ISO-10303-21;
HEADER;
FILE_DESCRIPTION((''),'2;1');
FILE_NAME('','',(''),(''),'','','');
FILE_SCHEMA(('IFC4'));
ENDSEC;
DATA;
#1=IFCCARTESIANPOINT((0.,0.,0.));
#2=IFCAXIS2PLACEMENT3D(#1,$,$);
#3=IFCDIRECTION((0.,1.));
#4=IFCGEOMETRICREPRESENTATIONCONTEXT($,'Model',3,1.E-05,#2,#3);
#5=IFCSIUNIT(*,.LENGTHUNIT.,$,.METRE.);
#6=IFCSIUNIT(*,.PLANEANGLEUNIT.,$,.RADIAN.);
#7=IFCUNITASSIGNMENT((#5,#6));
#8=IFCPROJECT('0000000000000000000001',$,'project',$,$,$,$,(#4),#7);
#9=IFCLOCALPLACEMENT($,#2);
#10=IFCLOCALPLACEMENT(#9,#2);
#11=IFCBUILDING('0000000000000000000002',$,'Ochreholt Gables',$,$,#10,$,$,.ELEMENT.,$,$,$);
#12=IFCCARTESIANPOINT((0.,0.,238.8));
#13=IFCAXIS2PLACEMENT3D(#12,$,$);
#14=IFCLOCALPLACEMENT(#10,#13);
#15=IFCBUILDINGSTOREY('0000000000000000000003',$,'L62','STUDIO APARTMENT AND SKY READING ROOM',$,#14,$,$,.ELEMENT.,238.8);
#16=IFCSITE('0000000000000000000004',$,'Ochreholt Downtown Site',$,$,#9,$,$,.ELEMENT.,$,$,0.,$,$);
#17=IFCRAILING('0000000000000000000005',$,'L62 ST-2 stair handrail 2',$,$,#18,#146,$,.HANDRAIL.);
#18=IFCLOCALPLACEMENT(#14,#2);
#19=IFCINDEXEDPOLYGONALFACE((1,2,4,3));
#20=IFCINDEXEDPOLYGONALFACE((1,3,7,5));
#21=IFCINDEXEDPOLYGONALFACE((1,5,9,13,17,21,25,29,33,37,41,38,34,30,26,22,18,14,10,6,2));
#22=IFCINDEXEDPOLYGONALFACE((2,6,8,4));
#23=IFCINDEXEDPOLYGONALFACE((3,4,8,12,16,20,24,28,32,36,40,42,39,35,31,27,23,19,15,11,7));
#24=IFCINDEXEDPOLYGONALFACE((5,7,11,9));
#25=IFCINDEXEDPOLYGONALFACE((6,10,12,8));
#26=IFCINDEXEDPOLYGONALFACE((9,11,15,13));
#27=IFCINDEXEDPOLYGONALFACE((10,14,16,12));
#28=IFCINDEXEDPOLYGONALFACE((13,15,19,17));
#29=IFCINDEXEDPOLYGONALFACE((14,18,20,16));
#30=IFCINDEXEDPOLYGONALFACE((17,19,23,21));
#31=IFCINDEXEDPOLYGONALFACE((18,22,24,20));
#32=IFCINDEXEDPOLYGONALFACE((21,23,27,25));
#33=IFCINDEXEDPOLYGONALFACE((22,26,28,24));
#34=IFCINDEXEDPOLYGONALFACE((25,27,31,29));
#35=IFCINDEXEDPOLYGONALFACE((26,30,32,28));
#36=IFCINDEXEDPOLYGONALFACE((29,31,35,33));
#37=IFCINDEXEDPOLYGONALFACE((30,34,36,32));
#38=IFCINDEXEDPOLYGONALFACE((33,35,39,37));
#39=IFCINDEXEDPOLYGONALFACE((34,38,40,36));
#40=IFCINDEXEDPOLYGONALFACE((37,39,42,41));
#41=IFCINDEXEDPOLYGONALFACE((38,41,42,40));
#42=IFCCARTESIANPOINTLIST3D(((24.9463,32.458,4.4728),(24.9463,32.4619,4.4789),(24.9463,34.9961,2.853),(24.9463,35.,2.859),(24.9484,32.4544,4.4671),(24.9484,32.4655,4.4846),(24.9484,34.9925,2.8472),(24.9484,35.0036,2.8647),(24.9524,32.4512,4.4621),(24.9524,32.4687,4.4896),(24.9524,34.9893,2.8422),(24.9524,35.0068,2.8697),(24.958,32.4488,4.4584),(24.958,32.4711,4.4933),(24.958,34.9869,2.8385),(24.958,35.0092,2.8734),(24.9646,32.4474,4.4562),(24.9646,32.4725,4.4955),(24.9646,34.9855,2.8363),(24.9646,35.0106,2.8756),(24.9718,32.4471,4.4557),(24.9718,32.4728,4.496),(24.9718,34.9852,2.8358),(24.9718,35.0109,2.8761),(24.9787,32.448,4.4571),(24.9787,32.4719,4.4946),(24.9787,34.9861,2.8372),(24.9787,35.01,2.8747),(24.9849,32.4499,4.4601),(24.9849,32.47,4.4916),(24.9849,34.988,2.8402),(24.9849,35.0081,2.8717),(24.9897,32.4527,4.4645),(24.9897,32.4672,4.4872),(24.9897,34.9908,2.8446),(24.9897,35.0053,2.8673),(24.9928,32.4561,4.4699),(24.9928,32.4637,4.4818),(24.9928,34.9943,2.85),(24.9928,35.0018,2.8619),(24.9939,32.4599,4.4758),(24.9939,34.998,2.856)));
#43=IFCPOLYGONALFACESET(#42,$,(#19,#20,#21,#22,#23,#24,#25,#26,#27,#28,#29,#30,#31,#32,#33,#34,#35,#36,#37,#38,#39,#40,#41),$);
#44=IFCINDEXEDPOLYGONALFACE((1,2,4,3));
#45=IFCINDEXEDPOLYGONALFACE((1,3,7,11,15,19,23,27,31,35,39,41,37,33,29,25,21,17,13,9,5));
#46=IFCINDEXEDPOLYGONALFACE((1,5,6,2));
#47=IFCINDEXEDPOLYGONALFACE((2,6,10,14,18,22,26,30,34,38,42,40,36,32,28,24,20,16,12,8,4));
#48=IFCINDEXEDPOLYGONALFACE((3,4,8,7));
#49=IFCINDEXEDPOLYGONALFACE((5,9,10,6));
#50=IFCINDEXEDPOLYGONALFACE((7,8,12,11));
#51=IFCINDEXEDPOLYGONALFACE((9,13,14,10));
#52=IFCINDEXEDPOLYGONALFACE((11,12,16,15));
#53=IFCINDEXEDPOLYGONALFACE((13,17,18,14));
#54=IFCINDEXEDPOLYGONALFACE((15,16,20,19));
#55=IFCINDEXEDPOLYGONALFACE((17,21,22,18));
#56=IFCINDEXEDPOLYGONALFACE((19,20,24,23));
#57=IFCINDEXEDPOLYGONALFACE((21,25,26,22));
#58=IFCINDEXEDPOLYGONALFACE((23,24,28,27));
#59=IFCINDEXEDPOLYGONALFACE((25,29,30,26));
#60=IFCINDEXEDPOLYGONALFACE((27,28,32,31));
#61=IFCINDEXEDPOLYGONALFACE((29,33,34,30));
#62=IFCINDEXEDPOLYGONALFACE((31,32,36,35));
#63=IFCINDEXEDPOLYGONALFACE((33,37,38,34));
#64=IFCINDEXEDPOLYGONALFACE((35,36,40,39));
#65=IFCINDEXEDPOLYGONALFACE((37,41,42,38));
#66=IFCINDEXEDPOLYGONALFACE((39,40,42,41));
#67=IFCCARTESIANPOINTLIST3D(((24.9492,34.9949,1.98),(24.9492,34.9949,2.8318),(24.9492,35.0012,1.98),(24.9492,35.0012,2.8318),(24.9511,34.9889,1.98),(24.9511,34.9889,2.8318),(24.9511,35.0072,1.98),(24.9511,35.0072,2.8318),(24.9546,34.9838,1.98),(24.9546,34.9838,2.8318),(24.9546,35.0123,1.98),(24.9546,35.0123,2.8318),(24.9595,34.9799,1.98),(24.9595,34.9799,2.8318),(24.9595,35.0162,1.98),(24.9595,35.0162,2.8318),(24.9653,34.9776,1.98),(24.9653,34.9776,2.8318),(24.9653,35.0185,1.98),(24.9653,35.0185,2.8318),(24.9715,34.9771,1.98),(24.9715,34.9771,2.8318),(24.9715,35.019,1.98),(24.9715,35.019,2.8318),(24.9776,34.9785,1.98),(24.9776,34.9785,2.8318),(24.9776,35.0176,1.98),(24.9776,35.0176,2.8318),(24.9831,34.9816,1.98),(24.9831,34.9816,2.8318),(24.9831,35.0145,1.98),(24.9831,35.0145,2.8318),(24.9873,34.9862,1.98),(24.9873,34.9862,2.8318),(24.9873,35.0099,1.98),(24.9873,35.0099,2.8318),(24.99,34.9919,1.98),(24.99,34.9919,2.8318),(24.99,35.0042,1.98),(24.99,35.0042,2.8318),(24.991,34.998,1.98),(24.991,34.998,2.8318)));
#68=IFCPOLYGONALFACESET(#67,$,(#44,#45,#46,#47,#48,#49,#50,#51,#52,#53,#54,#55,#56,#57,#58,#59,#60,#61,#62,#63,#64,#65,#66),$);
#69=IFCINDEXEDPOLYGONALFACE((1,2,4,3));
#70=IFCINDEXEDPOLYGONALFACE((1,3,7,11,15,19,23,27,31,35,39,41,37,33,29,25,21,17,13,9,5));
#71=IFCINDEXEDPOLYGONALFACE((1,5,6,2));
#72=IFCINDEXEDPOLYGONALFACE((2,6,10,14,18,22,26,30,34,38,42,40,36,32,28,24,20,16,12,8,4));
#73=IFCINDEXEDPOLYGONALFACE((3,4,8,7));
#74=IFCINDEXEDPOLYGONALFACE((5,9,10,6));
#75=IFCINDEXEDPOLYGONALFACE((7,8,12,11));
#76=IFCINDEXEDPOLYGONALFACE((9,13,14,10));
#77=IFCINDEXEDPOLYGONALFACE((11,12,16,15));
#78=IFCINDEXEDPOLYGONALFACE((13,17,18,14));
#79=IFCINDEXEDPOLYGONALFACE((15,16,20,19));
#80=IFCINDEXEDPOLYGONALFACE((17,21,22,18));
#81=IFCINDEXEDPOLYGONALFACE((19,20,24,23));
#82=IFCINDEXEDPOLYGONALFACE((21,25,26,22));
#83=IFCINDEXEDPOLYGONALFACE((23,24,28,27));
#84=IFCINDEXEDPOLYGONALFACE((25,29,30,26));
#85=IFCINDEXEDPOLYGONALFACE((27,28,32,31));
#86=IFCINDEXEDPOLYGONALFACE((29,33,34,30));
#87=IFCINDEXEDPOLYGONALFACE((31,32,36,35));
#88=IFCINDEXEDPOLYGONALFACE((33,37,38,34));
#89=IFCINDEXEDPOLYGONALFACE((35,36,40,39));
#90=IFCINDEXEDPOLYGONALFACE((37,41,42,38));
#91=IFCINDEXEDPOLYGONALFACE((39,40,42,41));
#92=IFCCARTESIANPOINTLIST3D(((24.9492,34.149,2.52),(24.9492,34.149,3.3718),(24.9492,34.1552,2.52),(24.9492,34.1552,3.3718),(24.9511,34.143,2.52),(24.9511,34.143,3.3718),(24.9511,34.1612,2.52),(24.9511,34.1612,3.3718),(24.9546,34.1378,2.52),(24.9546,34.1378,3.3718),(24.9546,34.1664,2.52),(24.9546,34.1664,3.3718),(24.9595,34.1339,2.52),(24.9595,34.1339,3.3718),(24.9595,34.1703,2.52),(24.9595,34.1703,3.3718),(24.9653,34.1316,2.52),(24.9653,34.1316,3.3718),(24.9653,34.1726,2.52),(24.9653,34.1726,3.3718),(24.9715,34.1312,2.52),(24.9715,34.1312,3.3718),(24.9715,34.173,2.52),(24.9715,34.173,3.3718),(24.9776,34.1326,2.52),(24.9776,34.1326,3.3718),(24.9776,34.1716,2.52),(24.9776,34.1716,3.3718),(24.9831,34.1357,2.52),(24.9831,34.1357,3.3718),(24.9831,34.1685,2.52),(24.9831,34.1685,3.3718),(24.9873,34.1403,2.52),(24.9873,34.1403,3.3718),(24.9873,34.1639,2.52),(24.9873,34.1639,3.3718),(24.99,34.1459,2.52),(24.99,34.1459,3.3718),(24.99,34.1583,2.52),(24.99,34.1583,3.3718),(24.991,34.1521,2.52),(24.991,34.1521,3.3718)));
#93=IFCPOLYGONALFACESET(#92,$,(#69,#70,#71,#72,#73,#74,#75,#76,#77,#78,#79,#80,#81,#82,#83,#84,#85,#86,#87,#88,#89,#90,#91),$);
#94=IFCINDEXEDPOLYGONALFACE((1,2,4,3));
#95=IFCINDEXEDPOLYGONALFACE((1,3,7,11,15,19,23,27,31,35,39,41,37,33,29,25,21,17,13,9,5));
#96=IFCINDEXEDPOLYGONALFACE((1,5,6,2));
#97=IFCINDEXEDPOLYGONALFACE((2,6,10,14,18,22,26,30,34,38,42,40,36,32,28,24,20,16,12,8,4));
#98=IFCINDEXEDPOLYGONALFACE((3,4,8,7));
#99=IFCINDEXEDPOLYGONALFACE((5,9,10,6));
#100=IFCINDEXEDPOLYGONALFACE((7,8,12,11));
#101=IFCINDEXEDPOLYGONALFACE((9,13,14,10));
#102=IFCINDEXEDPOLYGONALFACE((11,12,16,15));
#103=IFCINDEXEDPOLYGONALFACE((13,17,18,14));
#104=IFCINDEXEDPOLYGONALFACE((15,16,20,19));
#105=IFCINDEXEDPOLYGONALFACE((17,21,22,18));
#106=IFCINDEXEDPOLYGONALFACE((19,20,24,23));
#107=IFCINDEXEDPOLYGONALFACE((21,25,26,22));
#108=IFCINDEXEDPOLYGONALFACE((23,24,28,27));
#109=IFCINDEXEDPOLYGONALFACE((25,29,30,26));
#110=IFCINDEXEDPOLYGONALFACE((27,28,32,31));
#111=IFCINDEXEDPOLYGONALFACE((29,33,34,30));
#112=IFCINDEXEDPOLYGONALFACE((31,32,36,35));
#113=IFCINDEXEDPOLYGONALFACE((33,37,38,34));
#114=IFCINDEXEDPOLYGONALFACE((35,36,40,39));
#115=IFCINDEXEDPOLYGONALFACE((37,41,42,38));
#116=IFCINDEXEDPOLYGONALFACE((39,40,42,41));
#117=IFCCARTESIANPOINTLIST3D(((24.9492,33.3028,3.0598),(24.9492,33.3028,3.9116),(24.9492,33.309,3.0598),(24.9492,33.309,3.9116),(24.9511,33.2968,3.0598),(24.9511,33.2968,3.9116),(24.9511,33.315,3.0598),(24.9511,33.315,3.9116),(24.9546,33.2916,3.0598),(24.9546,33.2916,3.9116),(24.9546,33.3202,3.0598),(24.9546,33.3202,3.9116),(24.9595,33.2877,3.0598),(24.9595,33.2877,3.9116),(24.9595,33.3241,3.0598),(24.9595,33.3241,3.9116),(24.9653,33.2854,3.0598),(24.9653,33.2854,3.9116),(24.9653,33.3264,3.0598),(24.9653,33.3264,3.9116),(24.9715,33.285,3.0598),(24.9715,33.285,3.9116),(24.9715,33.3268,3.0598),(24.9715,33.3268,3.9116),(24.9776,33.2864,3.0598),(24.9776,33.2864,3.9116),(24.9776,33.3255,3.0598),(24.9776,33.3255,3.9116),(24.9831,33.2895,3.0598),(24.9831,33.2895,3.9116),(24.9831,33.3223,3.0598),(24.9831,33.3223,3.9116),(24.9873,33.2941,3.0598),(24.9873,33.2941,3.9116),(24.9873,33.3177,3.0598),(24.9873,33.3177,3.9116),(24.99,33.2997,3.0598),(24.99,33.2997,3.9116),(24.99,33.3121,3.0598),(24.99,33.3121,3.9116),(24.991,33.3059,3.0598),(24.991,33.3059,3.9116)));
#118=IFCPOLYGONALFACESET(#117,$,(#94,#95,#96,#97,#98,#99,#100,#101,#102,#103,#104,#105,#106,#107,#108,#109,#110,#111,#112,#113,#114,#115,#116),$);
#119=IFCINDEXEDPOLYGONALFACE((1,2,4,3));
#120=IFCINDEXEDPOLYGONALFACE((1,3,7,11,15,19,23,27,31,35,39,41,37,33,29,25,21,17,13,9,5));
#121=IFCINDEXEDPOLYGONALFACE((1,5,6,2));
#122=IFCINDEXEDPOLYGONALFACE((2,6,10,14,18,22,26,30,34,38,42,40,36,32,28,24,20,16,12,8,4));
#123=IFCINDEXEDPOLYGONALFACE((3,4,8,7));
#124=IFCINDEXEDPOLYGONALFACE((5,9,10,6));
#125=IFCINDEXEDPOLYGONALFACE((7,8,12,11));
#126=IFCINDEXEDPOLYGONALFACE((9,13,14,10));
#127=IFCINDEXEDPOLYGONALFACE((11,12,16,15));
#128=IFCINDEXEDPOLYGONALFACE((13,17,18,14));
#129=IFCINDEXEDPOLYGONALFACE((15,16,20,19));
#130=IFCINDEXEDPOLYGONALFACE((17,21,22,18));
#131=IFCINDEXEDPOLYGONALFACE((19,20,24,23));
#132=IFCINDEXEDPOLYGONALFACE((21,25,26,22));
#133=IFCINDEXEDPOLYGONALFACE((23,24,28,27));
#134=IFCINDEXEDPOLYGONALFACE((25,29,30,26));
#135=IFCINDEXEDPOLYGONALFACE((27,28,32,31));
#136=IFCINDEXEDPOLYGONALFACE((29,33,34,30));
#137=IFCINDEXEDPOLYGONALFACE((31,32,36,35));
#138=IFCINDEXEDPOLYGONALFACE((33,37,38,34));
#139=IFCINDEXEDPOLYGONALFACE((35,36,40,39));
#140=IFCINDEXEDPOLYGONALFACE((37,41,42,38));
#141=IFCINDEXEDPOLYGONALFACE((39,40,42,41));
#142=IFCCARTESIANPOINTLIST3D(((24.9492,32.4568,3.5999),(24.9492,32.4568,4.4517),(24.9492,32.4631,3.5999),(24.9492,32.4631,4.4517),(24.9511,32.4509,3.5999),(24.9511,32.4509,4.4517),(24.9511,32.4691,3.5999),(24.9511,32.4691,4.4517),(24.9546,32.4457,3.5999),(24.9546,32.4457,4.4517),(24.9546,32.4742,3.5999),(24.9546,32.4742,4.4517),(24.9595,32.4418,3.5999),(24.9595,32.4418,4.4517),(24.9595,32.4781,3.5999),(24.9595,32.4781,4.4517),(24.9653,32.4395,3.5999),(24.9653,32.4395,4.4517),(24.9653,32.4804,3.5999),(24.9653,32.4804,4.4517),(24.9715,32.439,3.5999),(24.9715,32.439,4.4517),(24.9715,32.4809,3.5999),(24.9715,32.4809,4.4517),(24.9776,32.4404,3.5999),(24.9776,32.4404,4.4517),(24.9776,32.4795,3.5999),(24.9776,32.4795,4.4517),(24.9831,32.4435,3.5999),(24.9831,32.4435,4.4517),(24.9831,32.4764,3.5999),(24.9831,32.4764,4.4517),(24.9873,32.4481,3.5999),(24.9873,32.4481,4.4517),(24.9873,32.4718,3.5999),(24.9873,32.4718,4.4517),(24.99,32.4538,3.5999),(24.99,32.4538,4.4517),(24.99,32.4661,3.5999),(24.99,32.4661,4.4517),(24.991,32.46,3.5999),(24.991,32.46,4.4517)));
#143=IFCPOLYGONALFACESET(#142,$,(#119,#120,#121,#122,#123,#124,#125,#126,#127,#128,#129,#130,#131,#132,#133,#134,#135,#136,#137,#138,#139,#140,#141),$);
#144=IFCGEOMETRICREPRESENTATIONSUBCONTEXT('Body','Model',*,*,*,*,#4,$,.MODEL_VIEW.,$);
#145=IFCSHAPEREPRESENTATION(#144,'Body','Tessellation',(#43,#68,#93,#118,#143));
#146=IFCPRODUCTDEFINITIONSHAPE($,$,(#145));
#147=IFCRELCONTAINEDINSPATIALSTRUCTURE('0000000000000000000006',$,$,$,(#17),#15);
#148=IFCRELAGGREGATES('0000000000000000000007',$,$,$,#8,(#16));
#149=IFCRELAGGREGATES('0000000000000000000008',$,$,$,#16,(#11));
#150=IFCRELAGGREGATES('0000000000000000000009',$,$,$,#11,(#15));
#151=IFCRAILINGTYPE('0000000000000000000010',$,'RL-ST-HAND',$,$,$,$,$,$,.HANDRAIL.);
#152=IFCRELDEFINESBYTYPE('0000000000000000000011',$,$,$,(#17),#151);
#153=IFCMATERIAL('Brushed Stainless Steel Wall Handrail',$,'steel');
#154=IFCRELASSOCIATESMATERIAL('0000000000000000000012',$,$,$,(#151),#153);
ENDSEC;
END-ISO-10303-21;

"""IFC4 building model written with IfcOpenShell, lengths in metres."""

from ifc_helpers import new_model, si_unit, direction, frame, origin, origin_2d, place, context, subcontext, project, spatial, circle, extrude, material, type_object, element, save


model = new_model("IFC4")

# Units and contexts
model_context = context("Model", 3, precision=1e-05, world=origin(), true_north=direction((0.0, 1.0)))
body_context = subcontext(model_context, "Body", "Model", "MODEL_VIEW")
ifc_project = project(units=[si_unit("LENGTHUNIT", "METRE"), si_unit("PLANEANGLEUNIT", "RADIAN")], contexts=[model_context])

# Site, building, storey
site_placement = place(None, origin())
site = spatial("IfcSite", under=ifc_project, at=site_placement, Name="Ochreholt Downtown Site", CompositionType="ELEMENT", RefElevation=0.0)
building_placement = place(site_placement, origin())
building = spatial("IfcBuilding", under=site, at=building_placement, Name="Ochreholt Gables", CompositionType="ELEMENT")
storey_placement = place(building_placement, frame((0.0, 0.0, 238.8)))
storey = spatial("IfcBuildingStorey", under=building, at=storey_placement, Name="L62", Description="STUDIO APARTMENT AND SKY READING ROOM", CompositionType="ELEMENT", Elevation=238.8)

# Railing
ifc_material_1 = material(Name="Brushed Stainless Steel Wall Handrail", Category="steel")
railing_type_1 = type_object("IfcRailingType", Name="RL-ST-HAND", PredefinedType="HANDRAIL", material=ifc_material_1)
railing_1_placement = place(storey_placement, frame((24.97, 34.998, 1.98)))
element("IfcRailing", 1, at=railing_1_placement, inside=storey, type_object=railing_type_1, Name="L62 ST-2 stair handrail 2", PredefinedType="HANDRAIL", context=body_context, shape_type="SweptSolid", body=[
    extrude(circle(Radius=0.0239, at=origin_2d()), frame((0.0, 0.0, 0.876), z_axis=(0.0, -0.84295, 0.537993), x_axis=(1.0, 0.0, 0.0)), (0.0, 0.0, 1.0), 3.011),
    extrude(circle(Radius=0.021, at=origin_2d()), origin(), (0.0, 0.0, 1.0), 0.8518),
    extrude(circle(Radius=0.021, at=origin_2d()), frame((0.0, -0.8459, 0.54)), (0.0, 0.0, 1.0), 0.8518),
    extrude(circle(Radius=0.021, at=origin_2d()), frame((0.0, -1.6921, 1.0798)), (0.0, 0.0, 1.0), 0.8518),
    extrude(circle(Radius=0.021, at=origin_2d()), frame((0.0, -2.5381, 1.6199)), (0.0, 0.0, 1.0), 0.8518),
])

save(model, "model.ifc")
